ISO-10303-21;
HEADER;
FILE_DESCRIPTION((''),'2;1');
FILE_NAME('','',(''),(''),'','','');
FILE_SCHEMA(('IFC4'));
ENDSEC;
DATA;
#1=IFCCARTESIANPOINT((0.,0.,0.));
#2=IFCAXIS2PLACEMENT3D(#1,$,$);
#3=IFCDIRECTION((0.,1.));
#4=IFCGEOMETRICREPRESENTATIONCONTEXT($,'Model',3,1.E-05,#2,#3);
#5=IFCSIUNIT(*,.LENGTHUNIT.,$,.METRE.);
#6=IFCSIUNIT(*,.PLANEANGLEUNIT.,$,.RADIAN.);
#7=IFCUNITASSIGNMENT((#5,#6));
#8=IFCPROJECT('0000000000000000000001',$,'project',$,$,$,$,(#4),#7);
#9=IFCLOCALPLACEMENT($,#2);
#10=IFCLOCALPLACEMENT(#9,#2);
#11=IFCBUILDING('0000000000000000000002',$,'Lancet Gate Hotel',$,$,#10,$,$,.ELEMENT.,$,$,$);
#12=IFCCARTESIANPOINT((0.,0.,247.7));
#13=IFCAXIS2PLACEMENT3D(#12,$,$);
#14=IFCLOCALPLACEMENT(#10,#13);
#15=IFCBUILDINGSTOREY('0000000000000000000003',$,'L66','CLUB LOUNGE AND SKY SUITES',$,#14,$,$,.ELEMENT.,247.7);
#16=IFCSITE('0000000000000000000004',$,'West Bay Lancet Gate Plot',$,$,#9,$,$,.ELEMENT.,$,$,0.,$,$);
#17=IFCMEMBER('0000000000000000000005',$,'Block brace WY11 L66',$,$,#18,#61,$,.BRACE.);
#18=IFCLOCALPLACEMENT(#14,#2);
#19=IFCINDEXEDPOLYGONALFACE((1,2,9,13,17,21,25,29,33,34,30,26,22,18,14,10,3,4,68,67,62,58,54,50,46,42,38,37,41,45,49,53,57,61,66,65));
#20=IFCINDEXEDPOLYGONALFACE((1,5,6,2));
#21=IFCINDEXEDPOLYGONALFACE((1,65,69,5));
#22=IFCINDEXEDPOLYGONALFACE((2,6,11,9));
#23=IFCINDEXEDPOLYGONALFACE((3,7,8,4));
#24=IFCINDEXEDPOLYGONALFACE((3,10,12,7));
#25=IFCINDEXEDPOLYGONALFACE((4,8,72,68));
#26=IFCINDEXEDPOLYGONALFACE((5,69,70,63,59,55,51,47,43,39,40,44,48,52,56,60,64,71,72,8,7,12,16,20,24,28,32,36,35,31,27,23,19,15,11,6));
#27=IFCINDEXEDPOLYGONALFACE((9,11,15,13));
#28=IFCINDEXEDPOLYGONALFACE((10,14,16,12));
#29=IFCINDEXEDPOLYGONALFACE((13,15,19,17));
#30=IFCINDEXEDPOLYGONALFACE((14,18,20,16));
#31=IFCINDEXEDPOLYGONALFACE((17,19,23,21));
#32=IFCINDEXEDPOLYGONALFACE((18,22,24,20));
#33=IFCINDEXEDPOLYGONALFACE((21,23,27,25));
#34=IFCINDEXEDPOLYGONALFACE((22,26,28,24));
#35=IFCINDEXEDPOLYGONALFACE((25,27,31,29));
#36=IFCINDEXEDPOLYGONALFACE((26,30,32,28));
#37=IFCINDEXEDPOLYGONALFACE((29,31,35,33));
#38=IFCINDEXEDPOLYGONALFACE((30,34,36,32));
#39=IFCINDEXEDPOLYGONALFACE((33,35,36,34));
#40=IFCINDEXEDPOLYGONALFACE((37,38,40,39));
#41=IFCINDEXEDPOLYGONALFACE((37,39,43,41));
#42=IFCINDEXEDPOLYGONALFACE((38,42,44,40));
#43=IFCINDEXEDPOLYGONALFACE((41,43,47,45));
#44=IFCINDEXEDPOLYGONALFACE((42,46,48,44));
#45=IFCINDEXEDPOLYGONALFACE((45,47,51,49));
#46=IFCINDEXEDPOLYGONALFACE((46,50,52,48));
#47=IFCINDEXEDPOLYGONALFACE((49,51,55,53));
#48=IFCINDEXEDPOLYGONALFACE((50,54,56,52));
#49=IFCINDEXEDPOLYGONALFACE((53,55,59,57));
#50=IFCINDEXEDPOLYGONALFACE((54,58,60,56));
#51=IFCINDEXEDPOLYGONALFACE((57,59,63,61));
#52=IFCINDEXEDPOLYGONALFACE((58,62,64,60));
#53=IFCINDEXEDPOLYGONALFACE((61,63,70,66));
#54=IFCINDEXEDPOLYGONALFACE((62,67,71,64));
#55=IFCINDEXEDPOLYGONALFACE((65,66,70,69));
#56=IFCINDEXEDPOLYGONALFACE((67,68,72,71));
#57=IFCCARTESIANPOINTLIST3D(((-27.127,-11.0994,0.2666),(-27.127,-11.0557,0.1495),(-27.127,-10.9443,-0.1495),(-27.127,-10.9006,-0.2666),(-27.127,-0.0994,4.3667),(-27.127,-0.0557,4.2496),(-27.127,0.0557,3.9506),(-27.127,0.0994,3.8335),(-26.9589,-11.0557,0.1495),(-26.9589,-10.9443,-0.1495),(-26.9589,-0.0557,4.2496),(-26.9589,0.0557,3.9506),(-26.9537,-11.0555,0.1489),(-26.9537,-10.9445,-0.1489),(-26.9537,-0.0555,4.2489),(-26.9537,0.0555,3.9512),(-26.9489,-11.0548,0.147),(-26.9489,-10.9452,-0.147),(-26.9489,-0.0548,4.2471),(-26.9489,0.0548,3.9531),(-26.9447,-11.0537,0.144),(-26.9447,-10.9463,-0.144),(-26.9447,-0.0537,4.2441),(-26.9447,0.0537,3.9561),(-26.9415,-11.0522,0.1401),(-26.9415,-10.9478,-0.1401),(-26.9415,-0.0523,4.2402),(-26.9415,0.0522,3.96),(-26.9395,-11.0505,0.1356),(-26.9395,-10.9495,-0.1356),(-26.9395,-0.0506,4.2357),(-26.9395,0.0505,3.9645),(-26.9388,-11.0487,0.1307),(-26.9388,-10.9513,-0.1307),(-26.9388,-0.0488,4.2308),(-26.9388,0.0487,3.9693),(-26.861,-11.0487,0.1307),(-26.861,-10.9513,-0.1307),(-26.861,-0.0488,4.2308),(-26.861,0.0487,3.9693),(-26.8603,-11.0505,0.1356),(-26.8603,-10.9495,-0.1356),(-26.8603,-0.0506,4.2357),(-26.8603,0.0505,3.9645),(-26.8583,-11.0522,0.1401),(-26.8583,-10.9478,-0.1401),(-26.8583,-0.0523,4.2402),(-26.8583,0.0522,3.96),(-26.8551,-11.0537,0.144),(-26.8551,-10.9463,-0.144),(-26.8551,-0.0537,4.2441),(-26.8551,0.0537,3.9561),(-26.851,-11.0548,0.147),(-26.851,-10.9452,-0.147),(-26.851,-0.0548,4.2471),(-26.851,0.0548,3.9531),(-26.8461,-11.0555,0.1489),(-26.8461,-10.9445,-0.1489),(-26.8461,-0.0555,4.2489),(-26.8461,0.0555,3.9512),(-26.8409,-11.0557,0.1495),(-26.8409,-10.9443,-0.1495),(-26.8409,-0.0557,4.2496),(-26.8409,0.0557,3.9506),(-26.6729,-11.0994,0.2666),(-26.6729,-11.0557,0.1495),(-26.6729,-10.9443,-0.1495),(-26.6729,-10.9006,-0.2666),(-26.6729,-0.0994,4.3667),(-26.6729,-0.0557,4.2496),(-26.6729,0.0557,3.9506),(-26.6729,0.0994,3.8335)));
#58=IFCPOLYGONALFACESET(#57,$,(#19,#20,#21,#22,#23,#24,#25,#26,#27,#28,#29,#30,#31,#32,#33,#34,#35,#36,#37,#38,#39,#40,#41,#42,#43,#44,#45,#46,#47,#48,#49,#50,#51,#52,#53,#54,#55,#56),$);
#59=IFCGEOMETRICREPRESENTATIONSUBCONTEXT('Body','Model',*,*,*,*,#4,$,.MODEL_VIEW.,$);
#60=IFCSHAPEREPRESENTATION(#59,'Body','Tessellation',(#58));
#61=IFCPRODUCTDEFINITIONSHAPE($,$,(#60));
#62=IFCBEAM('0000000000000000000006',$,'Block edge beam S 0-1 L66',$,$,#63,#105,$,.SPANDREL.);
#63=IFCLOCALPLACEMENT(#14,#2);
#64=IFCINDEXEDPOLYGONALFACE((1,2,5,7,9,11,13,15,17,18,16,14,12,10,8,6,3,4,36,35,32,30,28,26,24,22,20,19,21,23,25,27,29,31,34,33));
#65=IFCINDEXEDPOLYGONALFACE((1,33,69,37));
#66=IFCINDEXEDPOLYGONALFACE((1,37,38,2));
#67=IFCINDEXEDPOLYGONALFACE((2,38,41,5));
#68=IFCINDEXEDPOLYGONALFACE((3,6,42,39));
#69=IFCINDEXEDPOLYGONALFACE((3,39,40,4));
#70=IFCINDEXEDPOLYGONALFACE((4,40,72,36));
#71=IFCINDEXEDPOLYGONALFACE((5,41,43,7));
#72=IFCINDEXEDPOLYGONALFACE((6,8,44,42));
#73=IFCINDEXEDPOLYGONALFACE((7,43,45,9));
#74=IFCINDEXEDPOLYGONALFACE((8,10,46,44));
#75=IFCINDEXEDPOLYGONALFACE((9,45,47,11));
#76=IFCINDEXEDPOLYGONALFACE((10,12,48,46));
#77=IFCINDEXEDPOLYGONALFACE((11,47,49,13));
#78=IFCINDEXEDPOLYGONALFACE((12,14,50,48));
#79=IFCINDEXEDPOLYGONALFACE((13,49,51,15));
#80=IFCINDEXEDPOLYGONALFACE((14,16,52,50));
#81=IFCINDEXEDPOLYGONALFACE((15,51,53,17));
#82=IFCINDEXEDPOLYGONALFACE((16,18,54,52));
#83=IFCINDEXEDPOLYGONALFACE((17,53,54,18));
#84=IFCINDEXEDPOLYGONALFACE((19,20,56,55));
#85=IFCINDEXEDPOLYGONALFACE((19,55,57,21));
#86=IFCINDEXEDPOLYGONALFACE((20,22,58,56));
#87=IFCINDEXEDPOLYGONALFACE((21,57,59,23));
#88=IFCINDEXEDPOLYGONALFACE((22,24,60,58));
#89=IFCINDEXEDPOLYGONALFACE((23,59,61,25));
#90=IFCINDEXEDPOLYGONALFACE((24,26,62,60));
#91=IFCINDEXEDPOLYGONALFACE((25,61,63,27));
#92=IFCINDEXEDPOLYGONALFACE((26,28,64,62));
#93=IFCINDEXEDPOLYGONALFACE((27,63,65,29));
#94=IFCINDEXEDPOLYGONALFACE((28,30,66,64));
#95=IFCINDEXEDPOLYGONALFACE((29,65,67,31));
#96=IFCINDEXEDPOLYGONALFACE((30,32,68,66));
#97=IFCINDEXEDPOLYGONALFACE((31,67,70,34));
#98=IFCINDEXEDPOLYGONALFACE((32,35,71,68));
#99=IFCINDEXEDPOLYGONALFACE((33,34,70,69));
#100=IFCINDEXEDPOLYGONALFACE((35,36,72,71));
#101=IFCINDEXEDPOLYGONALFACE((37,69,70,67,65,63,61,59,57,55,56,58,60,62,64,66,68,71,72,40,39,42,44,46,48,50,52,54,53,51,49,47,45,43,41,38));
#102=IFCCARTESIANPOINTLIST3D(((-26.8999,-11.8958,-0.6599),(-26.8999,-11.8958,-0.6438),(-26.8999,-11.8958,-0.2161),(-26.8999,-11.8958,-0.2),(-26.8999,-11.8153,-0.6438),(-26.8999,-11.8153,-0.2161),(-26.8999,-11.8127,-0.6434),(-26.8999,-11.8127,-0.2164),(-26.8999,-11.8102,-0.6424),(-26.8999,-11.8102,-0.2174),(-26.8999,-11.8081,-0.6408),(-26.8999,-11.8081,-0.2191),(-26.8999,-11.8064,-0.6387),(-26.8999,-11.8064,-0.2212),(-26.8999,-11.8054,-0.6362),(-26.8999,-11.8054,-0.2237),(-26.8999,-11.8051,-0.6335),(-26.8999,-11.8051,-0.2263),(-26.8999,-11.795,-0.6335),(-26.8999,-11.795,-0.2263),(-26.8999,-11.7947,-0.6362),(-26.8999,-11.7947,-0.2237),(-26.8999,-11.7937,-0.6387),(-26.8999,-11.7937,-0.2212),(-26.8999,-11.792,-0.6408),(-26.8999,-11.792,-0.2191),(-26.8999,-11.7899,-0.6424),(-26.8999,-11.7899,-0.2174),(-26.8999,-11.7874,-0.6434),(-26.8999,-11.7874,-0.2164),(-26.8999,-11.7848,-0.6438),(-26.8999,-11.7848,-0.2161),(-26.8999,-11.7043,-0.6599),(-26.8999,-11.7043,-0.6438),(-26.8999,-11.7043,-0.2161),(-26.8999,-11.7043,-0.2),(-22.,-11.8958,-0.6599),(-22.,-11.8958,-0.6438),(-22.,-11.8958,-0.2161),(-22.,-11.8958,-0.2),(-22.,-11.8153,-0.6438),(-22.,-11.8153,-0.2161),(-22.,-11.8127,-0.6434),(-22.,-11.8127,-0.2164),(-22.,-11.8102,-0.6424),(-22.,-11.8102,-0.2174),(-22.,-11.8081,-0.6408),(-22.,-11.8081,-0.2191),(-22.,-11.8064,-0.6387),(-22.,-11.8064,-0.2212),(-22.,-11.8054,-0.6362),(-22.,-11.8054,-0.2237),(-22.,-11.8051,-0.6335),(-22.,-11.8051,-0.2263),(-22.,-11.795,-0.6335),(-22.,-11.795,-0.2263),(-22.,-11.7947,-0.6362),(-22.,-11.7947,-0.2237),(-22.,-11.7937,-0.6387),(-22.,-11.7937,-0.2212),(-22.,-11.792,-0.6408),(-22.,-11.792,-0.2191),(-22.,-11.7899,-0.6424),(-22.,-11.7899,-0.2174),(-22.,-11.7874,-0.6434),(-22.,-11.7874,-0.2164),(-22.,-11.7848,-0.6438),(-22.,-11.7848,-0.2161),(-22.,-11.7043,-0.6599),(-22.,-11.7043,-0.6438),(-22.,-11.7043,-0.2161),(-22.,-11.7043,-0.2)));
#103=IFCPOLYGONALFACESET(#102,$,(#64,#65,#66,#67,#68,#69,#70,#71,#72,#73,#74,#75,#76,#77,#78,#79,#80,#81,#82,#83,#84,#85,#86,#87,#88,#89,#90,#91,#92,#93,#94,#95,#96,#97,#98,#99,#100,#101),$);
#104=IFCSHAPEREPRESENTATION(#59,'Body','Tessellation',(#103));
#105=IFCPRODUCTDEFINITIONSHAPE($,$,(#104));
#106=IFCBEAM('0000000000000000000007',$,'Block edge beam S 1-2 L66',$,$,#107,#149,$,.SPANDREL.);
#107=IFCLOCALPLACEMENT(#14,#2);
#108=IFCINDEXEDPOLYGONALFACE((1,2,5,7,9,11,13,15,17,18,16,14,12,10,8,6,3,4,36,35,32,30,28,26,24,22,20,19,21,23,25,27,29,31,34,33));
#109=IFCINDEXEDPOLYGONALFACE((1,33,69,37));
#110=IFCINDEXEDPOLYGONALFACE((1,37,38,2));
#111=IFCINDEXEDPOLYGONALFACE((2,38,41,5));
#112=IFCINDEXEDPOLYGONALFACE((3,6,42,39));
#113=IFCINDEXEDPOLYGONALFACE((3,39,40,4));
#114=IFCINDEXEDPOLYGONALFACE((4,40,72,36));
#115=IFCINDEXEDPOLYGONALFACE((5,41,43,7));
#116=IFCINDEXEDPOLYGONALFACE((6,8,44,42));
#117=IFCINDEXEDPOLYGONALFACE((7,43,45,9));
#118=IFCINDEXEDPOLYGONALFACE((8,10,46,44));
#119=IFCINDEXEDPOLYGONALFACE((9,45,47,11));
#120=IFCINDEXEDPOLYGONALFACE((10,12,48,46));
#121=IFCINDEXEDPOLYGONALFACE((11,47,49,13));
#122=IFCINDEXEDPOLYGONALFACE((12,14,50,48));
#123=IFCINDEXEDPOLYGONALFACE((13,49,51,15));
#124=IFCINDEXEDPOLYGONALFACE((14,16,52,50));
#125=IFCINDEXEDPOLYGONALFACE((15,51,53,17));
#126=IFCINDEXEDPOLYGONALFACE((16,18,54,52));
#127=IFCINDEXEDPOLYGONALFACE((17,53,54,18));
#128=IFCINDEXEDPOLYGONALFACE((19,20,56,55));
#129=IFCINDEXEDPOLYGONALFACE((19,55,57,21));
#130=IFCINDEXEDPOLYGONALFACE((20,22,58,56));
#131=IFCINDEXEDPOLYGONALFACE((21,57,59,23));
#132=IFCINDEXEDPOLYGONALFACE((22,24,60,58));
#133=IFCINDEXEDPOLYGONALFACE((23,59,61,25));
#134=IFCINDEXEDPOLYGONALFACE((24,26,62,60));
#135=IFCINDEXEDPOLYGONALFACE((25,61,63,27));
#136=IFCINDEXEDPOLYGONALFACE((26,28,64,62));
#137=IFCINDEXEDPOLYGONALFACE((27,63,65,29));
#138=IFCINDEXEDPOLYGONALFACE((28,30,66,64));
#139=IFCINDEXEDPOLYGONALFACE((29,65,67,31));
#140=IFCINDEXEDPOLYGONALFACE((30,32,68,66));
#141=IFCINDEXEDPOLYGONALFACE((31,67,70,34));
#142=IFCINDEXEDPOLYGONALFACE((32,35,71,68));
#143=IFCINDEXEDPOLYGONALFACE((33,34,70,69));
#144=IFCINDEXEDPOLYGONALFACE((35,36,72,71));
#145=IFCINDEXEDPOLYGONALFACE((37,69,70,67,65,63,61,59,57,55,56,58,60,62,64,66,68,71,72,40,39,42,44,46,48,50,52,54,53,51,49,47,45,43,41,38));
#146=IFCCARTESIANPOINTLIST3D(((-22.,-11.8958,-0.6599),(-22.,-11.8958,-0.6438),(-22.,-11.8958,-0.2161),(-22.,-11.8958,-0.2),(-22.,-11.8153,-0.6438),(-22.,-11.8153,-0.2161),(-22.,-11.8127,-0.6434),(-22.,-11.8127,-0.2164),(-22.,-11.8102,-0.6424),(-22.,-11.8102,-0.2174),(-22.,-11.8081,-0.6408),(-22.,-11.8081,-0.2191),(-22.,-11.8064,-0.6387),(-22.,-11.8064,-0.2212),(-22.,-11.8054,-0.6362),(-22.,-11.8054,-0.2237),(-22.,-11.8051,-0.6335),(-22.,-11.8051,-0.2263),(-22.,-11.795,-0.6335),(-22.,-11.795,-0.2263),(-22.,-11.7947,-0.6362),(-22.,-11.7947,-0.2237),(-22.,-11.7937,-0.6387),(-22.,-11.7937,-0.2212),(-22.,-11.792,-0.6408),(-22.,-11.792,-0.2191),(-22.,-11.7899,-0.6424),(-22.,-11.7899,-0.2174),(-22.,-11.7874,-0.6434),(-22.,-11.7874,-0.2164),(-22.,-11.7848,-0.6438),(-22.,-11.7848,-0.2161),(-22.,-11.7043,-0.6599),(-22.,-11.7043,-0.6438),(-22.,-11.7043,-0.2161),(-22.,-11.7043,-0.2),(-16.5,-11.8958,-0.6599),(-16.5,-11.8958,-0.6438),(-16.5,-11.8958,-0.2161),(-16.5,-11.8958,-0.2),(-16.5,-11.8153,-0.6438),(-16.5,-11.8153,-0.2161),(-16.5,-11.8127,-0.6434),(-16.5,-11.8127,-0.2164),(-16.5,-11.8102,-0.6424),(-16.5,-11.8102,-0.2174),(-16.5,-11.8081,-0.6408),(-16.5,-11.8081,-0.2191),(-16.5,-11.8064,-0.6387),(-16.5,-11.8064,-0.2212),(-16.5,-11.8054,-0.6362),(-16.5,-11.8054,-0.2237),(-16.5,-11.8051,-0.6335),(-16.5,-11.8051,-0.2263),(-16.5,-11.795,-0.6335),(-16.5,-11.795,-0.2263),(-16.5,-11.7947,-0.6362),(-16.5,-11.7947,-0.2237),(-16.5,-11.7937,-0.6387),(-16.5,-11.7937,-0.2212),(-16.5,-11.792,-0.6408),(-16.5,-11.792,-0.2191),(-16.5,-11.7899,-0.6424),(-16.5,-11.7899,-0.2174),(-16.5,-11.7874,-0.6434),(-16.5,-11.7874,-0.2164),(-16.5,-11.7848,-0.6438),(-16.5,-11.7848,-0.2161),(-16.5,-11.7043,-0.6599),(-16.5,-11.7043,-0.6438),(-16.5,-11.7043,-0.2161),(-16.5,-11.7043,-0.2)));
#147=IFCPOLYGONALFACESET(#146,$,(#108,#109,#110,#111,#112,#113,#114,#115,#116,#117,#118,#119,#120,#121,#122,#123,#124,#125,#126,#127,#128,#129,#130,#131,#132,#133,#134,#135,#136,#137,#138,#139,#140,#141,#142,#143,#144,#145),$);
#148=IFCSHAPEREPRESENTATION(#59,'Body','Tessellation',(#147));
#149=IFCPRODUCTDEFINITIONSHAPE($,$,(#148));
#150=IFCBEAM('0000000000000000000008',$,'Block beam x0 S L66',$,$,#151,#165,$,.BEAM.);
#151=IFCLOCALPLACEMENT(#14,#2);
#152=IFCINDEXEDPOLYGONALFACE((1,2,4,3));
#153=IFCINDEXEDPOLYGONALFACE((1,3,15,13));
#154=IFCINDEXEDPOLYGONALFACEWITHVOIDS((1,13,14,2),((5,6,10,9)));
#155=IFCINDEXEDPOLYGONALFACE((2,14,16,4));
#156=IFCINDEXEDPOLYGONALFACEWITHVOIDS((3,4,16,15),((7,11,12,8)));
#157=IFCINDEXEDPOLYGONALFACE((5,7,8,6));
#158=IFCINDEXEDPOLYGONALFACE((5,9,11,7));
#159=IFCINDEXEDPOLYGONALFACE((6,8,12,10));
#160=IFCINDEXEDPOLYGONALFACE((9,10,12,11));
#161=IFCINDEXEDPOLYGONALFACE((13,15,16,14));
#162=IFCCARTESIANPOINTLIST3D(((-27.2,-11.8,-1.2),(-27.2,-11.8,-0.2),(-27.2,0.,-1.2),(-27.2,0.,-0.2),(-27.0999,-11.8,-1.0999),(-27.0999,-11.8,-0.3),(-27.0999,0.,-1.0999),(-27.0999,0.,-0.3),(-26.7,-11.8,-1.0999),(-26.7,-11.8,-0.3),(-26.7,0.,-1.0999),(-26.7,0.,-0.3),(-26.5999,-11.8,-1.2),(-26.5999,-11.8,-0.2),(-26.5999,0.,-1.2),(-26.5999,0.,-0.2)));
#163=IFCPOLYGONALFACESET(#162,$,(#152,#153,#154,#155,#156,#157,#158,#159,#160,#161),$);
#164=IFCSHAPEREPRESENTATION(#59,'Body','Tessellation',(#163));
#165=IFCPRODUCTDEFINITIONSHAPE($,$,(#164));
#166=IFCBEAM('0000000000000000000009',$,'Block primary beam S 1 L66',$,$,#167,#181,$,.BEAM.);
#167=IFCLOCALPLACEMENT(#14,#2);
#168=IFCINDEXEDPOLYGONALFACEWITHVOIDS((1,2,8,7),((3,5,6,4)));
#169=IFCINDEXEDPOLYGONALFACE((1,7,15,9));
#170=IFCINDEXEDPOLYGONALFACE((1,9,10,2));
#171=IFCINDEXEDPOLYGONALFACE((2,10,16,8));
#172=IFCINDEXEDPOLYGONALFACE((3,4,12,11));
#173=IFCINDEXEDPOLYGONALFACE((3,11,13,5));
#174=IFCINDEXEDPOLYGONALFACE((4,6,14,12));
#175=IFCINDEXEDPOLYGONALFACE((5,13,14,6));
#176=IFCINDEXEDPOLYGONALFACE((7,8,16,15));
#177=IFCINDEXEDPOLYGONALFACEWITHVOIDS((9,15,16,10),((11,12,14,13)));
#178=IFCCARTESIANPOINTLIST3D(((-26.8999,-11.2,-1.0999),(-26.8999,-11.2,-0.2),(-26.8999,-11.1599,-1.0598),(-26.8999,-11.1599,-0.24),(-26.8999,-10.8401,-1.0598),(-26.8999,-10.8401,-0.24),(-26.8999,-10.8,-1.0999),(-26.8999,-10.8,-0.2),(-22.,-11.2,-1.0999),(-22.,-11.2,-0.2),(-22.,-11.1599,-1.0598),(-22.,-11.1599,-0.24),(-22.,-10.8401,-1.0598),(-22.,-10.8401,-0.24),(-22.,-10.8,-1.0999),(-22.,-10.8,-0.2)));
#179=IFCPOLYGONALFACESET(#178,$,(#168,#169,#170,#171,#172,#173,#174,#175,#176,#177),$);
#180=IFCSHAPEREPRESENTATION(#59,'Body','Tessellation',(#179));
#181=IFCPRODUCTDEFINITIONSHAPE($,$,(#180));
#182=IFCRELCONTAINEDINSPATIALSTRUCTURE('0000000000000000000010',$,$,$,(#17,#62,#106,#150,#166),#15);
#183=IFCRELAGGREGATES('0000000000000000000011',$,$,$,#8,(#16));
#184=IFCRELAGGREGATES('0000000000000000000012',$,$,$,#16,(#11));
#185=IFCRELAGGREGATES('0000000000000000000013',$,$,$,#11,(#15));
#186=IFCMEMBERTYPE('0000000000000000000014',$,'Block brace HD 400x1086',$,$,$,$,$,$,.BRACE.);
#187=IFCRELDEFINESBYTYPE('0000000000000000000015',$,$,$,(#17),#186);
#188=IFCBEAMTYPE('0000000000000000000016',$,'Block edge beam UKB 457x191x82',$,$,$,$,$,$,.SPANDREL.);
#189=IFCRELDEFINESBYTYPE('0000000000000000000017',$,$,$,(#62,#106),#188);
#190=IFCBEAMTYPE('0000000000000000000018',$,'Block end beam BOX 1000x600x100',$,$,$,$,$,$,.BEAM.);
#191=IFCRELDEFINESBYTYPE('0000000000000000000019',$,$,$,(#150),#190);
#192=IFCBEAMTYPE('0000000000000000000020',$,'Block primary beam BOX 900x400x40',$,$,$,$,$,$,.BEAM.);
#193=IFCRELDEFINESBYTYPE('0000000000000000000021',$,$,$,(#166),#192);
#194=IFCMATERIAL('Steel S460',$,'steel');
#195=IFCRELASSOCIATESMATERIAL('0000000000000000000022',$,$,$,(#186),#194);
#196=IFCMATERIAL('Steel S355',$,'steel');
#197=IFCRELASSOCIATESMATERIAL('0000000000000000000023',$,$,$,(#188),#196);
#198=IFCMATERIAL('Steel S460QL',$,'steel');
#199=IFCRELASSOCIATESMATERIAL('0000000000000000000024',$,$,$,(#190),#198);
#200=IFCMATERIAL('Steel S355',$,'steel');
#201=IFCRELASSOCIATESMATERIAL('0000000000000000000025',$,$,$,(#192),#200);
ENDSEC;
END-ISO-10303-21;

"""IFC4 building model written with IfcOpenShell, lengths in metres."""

from ifc_helpers import new_model, si_unit, direction, frame, origin, origin_2d, place, context, subcontext, project, spatial, hollow_rectangle, i_section, extrude, material, material_profile, profile_set, type_object, element, save


model = new_model("IFC4")

# Units and contexts
model_context = context("Model", 3, precision=1e-05, world=origin(), true_north=direction((0.0, 1.0)))
body_context = subcontext(model_context, "Body", "Model", "MODEL_VIEW")
ifc_project = project(units=[si_unit("LENGTHUNIT", "METRE"), si_unit("PLANEANGLEUNIT", "RADIAN")], contexts=[model_context])

# Site, building, storey
site_placement = place(None, origin())
site = spatial("IfcSite", under=ifc_project, at=site_placement, Name="West Bay Lancet Gate Plot", CompositionType="ELEMENT", RefElevation=0.0)
building_placement = place(site_placement, origin())
building = spatial("IfcBuilding", under=site, at=building_placement, Name="Lancet Gate Hotel", CompositionType="ELEMENT")
storey_placement = place(building_placement, frame((0.0, 0.0, 247.7)))
storey = spatial("IfcBuildingStorey", under=building, at=storey_placement, Name="L66", Description="CLUB LOUNGE AND SKY SUITES", CompositionType="ELEMENT", Elevation=247.7)

# Member
ifc_material_1 = material(Name="Steel S460", Category="steel")
ifc_material_profile_1 = material_profile(ifc_material_1, i_section(OverallWidth=0.4541, OverallDepth=0.5691, WebThickness=0.0779, FlangeThickness=0.125, FilletRadius=0.02, at=origin_2d()), Name="HD 400x1086")
ifc_profile_set_1 = profile_set([ifc_material_profile_1], Name="Steel S460")
member_type_1 = type_object("IfcMemberType", Name="Block brace HD 400x1086", PredefinedType="BRACE", material=ifc_profile_set_1)
member_1_placement = place(storey_placement, frame((-26.8999, -11.0, 0.0), z_axis=(0.0, 0.937025, 0.349263), x_axis=(-1.0, 0.0, 0.0)))
element("IfcMember", 1, at=member_1_placement, inside=storey, type_object=member_type_1, Name="Block brace WY11 L66", PredefinedType="BRACE", context=body_context, shape_type="SweptSolid", body=[
    extrude(i_section(OverallWidth=0.4541, OverallDepth=0.5691, WebThickness=0.0779, FlangeThickness=0.125, FilletRadius=0.02, at=origin_2d()), origin(), (0.0, 0.0, 1.0), 11.7393),
])

# Beams
ifc_material_2 = material(Name="Steel S355", Category="steel")
ifc_material_profile_2 = material_profile(ifc_material_2, i_section(OverallWidth=0.1914, OverallDepth=0.46, WebThickness=0.01, FlangeThickness=0.0161, FilletRadius=0.0103, at=origin_2d()), Name="UKB 457x191x82")
ifc_profile_set_2 = profile_set([ifc_material_profile_2], Name="Steel S355")
beam_type_1 = type_object("IfcBeamType", Name="Block edge beam UKB 457x191x82", PredefinedType="SPANDREL", material=ifc_profile_set_2)
beam_1_placement = place(storey_placement, frame((-26.8999, -11.8, -0.4299), z_axis=(1.0, 0.0, 0.0), x_axis=(0.0, 1.0, 0.0)))
element("IfcBeam", 2, at=beam_1_placement, inside=storey, type_object=beam_type_1, Name="Block edge beam S 0-1 L66", PredefinedType="SPANDREL", context=body_context, shape_type="SweptSolid", body=[
    extrude(i_section(OverallWidth=0.1914, OverallDepth=0.46, WebThickness=0.01, FlangeThickness=0.0161, FilletRadius=0.0103, at=origin_2d()), origin(), (0.0, 0.0, 1.0), 4.8999),
])
beam_2_placement = place(storey_placement, frame((-22.0, -11.8, -0.4299), z_axis=(1.0, 0.0, 0.0), x_axis=(0.0, 1.0, 0.0)))
element("IfcBeam", 3, at=beam_2_placement, inside=storey, type_object=beam_type_1, Name="Block edge beam S 1-2 L66", PredefinedType="SPANDREL", context=body_context, shape_type="SweptSolid", body=[
    extrude(i_section(OverallWidth=0.1914, OverallDepth=0.46, WebThickness=0.01, FlangeThickness=0.0161, FilletRadius=0.0103, at=origin_2d()), origin(), (0.0, 0.0, 1.0), 5.5),
])
ifc_material_3 = material(Name="Steel S460QL", Category="steel")
ifc_material_profile_3 = material_profile(ifc_material_3, hollow_rectangle(XDim=0.6001, YDim=1.0, WallThickness=0.1001, at=origin_2d()), Name="BOX 1000x600x100")
ifc_profile_set_3 = profile_set([ifc_material_profile_3], Name="Steel S460QL")
beam_type_2 = type_object("IfcBeamType", Name="Block end beam BOX 1000x600x100", PredefinedType="BEAM", material=ifc_profile_set_3)
beam_3_placement = place(storey_placement, frame((-26.8999, -11.8, -0.7), z_axis=(0.0, 1.0, 0.0), x_axis=(-1.0, 0.0, 0.0)))
element("IfcBeam", 4, at=beam_3_placement, inside=storey, type_object=beam_type_2, Name="Block beam x0 S L66", PredefinedType="BEAM", context=body_context, shape_type="SweptSolid", body=[
    extrude(hollow_rectangle(XDim=0.6001, YDim=1.0, WallThickness=0.1001, at=origin_2d()), origin(), (0.0, 0.0, 1.0), 11.8),
])
ifc_material_4 = material(Name="Steel S355", Category="steel")
ifc_material_profile_4 = material_profile(ifc_material_4, hollow_rectangle(XDim=0.3999, YDim=0.8999, WallThickness=0.04, at=origin_2d()), Name="BOX 900x400x40")
ifc_profile_set_4 = profile_set([ifc_material_profile_4], Name="Steel S355")
beam_type_3 = type_object("IfcBeamType", Name="Block primary beam BOX 900x400x40", PredefinedType="BEAM", material=ifc_profile_set_4)
beam_4_placement = place(storey_placement, frame((-26.8999, -11.0, -0.6499), z_axis=(1.0, 0.0, 0.0), x_axis=(0.0, 1.0, 0.0)))
element("IfcBeam", 5, at=beam_4_placement, inside=storey, type_object=beam_type_3, Name="Block primary beam S 1 L66", PredefinedType="BEAM", context=body_context, shape_type="SweptSolid", body=[
    extrude(hollow_rectangle(XDim=0.3999, YDim=0.8999, WallThickness=0.04, at=origin_2d()), origin(), (0.0, 0.0, 1.0), 4.8999),
])

save(model, "model.ifc")
